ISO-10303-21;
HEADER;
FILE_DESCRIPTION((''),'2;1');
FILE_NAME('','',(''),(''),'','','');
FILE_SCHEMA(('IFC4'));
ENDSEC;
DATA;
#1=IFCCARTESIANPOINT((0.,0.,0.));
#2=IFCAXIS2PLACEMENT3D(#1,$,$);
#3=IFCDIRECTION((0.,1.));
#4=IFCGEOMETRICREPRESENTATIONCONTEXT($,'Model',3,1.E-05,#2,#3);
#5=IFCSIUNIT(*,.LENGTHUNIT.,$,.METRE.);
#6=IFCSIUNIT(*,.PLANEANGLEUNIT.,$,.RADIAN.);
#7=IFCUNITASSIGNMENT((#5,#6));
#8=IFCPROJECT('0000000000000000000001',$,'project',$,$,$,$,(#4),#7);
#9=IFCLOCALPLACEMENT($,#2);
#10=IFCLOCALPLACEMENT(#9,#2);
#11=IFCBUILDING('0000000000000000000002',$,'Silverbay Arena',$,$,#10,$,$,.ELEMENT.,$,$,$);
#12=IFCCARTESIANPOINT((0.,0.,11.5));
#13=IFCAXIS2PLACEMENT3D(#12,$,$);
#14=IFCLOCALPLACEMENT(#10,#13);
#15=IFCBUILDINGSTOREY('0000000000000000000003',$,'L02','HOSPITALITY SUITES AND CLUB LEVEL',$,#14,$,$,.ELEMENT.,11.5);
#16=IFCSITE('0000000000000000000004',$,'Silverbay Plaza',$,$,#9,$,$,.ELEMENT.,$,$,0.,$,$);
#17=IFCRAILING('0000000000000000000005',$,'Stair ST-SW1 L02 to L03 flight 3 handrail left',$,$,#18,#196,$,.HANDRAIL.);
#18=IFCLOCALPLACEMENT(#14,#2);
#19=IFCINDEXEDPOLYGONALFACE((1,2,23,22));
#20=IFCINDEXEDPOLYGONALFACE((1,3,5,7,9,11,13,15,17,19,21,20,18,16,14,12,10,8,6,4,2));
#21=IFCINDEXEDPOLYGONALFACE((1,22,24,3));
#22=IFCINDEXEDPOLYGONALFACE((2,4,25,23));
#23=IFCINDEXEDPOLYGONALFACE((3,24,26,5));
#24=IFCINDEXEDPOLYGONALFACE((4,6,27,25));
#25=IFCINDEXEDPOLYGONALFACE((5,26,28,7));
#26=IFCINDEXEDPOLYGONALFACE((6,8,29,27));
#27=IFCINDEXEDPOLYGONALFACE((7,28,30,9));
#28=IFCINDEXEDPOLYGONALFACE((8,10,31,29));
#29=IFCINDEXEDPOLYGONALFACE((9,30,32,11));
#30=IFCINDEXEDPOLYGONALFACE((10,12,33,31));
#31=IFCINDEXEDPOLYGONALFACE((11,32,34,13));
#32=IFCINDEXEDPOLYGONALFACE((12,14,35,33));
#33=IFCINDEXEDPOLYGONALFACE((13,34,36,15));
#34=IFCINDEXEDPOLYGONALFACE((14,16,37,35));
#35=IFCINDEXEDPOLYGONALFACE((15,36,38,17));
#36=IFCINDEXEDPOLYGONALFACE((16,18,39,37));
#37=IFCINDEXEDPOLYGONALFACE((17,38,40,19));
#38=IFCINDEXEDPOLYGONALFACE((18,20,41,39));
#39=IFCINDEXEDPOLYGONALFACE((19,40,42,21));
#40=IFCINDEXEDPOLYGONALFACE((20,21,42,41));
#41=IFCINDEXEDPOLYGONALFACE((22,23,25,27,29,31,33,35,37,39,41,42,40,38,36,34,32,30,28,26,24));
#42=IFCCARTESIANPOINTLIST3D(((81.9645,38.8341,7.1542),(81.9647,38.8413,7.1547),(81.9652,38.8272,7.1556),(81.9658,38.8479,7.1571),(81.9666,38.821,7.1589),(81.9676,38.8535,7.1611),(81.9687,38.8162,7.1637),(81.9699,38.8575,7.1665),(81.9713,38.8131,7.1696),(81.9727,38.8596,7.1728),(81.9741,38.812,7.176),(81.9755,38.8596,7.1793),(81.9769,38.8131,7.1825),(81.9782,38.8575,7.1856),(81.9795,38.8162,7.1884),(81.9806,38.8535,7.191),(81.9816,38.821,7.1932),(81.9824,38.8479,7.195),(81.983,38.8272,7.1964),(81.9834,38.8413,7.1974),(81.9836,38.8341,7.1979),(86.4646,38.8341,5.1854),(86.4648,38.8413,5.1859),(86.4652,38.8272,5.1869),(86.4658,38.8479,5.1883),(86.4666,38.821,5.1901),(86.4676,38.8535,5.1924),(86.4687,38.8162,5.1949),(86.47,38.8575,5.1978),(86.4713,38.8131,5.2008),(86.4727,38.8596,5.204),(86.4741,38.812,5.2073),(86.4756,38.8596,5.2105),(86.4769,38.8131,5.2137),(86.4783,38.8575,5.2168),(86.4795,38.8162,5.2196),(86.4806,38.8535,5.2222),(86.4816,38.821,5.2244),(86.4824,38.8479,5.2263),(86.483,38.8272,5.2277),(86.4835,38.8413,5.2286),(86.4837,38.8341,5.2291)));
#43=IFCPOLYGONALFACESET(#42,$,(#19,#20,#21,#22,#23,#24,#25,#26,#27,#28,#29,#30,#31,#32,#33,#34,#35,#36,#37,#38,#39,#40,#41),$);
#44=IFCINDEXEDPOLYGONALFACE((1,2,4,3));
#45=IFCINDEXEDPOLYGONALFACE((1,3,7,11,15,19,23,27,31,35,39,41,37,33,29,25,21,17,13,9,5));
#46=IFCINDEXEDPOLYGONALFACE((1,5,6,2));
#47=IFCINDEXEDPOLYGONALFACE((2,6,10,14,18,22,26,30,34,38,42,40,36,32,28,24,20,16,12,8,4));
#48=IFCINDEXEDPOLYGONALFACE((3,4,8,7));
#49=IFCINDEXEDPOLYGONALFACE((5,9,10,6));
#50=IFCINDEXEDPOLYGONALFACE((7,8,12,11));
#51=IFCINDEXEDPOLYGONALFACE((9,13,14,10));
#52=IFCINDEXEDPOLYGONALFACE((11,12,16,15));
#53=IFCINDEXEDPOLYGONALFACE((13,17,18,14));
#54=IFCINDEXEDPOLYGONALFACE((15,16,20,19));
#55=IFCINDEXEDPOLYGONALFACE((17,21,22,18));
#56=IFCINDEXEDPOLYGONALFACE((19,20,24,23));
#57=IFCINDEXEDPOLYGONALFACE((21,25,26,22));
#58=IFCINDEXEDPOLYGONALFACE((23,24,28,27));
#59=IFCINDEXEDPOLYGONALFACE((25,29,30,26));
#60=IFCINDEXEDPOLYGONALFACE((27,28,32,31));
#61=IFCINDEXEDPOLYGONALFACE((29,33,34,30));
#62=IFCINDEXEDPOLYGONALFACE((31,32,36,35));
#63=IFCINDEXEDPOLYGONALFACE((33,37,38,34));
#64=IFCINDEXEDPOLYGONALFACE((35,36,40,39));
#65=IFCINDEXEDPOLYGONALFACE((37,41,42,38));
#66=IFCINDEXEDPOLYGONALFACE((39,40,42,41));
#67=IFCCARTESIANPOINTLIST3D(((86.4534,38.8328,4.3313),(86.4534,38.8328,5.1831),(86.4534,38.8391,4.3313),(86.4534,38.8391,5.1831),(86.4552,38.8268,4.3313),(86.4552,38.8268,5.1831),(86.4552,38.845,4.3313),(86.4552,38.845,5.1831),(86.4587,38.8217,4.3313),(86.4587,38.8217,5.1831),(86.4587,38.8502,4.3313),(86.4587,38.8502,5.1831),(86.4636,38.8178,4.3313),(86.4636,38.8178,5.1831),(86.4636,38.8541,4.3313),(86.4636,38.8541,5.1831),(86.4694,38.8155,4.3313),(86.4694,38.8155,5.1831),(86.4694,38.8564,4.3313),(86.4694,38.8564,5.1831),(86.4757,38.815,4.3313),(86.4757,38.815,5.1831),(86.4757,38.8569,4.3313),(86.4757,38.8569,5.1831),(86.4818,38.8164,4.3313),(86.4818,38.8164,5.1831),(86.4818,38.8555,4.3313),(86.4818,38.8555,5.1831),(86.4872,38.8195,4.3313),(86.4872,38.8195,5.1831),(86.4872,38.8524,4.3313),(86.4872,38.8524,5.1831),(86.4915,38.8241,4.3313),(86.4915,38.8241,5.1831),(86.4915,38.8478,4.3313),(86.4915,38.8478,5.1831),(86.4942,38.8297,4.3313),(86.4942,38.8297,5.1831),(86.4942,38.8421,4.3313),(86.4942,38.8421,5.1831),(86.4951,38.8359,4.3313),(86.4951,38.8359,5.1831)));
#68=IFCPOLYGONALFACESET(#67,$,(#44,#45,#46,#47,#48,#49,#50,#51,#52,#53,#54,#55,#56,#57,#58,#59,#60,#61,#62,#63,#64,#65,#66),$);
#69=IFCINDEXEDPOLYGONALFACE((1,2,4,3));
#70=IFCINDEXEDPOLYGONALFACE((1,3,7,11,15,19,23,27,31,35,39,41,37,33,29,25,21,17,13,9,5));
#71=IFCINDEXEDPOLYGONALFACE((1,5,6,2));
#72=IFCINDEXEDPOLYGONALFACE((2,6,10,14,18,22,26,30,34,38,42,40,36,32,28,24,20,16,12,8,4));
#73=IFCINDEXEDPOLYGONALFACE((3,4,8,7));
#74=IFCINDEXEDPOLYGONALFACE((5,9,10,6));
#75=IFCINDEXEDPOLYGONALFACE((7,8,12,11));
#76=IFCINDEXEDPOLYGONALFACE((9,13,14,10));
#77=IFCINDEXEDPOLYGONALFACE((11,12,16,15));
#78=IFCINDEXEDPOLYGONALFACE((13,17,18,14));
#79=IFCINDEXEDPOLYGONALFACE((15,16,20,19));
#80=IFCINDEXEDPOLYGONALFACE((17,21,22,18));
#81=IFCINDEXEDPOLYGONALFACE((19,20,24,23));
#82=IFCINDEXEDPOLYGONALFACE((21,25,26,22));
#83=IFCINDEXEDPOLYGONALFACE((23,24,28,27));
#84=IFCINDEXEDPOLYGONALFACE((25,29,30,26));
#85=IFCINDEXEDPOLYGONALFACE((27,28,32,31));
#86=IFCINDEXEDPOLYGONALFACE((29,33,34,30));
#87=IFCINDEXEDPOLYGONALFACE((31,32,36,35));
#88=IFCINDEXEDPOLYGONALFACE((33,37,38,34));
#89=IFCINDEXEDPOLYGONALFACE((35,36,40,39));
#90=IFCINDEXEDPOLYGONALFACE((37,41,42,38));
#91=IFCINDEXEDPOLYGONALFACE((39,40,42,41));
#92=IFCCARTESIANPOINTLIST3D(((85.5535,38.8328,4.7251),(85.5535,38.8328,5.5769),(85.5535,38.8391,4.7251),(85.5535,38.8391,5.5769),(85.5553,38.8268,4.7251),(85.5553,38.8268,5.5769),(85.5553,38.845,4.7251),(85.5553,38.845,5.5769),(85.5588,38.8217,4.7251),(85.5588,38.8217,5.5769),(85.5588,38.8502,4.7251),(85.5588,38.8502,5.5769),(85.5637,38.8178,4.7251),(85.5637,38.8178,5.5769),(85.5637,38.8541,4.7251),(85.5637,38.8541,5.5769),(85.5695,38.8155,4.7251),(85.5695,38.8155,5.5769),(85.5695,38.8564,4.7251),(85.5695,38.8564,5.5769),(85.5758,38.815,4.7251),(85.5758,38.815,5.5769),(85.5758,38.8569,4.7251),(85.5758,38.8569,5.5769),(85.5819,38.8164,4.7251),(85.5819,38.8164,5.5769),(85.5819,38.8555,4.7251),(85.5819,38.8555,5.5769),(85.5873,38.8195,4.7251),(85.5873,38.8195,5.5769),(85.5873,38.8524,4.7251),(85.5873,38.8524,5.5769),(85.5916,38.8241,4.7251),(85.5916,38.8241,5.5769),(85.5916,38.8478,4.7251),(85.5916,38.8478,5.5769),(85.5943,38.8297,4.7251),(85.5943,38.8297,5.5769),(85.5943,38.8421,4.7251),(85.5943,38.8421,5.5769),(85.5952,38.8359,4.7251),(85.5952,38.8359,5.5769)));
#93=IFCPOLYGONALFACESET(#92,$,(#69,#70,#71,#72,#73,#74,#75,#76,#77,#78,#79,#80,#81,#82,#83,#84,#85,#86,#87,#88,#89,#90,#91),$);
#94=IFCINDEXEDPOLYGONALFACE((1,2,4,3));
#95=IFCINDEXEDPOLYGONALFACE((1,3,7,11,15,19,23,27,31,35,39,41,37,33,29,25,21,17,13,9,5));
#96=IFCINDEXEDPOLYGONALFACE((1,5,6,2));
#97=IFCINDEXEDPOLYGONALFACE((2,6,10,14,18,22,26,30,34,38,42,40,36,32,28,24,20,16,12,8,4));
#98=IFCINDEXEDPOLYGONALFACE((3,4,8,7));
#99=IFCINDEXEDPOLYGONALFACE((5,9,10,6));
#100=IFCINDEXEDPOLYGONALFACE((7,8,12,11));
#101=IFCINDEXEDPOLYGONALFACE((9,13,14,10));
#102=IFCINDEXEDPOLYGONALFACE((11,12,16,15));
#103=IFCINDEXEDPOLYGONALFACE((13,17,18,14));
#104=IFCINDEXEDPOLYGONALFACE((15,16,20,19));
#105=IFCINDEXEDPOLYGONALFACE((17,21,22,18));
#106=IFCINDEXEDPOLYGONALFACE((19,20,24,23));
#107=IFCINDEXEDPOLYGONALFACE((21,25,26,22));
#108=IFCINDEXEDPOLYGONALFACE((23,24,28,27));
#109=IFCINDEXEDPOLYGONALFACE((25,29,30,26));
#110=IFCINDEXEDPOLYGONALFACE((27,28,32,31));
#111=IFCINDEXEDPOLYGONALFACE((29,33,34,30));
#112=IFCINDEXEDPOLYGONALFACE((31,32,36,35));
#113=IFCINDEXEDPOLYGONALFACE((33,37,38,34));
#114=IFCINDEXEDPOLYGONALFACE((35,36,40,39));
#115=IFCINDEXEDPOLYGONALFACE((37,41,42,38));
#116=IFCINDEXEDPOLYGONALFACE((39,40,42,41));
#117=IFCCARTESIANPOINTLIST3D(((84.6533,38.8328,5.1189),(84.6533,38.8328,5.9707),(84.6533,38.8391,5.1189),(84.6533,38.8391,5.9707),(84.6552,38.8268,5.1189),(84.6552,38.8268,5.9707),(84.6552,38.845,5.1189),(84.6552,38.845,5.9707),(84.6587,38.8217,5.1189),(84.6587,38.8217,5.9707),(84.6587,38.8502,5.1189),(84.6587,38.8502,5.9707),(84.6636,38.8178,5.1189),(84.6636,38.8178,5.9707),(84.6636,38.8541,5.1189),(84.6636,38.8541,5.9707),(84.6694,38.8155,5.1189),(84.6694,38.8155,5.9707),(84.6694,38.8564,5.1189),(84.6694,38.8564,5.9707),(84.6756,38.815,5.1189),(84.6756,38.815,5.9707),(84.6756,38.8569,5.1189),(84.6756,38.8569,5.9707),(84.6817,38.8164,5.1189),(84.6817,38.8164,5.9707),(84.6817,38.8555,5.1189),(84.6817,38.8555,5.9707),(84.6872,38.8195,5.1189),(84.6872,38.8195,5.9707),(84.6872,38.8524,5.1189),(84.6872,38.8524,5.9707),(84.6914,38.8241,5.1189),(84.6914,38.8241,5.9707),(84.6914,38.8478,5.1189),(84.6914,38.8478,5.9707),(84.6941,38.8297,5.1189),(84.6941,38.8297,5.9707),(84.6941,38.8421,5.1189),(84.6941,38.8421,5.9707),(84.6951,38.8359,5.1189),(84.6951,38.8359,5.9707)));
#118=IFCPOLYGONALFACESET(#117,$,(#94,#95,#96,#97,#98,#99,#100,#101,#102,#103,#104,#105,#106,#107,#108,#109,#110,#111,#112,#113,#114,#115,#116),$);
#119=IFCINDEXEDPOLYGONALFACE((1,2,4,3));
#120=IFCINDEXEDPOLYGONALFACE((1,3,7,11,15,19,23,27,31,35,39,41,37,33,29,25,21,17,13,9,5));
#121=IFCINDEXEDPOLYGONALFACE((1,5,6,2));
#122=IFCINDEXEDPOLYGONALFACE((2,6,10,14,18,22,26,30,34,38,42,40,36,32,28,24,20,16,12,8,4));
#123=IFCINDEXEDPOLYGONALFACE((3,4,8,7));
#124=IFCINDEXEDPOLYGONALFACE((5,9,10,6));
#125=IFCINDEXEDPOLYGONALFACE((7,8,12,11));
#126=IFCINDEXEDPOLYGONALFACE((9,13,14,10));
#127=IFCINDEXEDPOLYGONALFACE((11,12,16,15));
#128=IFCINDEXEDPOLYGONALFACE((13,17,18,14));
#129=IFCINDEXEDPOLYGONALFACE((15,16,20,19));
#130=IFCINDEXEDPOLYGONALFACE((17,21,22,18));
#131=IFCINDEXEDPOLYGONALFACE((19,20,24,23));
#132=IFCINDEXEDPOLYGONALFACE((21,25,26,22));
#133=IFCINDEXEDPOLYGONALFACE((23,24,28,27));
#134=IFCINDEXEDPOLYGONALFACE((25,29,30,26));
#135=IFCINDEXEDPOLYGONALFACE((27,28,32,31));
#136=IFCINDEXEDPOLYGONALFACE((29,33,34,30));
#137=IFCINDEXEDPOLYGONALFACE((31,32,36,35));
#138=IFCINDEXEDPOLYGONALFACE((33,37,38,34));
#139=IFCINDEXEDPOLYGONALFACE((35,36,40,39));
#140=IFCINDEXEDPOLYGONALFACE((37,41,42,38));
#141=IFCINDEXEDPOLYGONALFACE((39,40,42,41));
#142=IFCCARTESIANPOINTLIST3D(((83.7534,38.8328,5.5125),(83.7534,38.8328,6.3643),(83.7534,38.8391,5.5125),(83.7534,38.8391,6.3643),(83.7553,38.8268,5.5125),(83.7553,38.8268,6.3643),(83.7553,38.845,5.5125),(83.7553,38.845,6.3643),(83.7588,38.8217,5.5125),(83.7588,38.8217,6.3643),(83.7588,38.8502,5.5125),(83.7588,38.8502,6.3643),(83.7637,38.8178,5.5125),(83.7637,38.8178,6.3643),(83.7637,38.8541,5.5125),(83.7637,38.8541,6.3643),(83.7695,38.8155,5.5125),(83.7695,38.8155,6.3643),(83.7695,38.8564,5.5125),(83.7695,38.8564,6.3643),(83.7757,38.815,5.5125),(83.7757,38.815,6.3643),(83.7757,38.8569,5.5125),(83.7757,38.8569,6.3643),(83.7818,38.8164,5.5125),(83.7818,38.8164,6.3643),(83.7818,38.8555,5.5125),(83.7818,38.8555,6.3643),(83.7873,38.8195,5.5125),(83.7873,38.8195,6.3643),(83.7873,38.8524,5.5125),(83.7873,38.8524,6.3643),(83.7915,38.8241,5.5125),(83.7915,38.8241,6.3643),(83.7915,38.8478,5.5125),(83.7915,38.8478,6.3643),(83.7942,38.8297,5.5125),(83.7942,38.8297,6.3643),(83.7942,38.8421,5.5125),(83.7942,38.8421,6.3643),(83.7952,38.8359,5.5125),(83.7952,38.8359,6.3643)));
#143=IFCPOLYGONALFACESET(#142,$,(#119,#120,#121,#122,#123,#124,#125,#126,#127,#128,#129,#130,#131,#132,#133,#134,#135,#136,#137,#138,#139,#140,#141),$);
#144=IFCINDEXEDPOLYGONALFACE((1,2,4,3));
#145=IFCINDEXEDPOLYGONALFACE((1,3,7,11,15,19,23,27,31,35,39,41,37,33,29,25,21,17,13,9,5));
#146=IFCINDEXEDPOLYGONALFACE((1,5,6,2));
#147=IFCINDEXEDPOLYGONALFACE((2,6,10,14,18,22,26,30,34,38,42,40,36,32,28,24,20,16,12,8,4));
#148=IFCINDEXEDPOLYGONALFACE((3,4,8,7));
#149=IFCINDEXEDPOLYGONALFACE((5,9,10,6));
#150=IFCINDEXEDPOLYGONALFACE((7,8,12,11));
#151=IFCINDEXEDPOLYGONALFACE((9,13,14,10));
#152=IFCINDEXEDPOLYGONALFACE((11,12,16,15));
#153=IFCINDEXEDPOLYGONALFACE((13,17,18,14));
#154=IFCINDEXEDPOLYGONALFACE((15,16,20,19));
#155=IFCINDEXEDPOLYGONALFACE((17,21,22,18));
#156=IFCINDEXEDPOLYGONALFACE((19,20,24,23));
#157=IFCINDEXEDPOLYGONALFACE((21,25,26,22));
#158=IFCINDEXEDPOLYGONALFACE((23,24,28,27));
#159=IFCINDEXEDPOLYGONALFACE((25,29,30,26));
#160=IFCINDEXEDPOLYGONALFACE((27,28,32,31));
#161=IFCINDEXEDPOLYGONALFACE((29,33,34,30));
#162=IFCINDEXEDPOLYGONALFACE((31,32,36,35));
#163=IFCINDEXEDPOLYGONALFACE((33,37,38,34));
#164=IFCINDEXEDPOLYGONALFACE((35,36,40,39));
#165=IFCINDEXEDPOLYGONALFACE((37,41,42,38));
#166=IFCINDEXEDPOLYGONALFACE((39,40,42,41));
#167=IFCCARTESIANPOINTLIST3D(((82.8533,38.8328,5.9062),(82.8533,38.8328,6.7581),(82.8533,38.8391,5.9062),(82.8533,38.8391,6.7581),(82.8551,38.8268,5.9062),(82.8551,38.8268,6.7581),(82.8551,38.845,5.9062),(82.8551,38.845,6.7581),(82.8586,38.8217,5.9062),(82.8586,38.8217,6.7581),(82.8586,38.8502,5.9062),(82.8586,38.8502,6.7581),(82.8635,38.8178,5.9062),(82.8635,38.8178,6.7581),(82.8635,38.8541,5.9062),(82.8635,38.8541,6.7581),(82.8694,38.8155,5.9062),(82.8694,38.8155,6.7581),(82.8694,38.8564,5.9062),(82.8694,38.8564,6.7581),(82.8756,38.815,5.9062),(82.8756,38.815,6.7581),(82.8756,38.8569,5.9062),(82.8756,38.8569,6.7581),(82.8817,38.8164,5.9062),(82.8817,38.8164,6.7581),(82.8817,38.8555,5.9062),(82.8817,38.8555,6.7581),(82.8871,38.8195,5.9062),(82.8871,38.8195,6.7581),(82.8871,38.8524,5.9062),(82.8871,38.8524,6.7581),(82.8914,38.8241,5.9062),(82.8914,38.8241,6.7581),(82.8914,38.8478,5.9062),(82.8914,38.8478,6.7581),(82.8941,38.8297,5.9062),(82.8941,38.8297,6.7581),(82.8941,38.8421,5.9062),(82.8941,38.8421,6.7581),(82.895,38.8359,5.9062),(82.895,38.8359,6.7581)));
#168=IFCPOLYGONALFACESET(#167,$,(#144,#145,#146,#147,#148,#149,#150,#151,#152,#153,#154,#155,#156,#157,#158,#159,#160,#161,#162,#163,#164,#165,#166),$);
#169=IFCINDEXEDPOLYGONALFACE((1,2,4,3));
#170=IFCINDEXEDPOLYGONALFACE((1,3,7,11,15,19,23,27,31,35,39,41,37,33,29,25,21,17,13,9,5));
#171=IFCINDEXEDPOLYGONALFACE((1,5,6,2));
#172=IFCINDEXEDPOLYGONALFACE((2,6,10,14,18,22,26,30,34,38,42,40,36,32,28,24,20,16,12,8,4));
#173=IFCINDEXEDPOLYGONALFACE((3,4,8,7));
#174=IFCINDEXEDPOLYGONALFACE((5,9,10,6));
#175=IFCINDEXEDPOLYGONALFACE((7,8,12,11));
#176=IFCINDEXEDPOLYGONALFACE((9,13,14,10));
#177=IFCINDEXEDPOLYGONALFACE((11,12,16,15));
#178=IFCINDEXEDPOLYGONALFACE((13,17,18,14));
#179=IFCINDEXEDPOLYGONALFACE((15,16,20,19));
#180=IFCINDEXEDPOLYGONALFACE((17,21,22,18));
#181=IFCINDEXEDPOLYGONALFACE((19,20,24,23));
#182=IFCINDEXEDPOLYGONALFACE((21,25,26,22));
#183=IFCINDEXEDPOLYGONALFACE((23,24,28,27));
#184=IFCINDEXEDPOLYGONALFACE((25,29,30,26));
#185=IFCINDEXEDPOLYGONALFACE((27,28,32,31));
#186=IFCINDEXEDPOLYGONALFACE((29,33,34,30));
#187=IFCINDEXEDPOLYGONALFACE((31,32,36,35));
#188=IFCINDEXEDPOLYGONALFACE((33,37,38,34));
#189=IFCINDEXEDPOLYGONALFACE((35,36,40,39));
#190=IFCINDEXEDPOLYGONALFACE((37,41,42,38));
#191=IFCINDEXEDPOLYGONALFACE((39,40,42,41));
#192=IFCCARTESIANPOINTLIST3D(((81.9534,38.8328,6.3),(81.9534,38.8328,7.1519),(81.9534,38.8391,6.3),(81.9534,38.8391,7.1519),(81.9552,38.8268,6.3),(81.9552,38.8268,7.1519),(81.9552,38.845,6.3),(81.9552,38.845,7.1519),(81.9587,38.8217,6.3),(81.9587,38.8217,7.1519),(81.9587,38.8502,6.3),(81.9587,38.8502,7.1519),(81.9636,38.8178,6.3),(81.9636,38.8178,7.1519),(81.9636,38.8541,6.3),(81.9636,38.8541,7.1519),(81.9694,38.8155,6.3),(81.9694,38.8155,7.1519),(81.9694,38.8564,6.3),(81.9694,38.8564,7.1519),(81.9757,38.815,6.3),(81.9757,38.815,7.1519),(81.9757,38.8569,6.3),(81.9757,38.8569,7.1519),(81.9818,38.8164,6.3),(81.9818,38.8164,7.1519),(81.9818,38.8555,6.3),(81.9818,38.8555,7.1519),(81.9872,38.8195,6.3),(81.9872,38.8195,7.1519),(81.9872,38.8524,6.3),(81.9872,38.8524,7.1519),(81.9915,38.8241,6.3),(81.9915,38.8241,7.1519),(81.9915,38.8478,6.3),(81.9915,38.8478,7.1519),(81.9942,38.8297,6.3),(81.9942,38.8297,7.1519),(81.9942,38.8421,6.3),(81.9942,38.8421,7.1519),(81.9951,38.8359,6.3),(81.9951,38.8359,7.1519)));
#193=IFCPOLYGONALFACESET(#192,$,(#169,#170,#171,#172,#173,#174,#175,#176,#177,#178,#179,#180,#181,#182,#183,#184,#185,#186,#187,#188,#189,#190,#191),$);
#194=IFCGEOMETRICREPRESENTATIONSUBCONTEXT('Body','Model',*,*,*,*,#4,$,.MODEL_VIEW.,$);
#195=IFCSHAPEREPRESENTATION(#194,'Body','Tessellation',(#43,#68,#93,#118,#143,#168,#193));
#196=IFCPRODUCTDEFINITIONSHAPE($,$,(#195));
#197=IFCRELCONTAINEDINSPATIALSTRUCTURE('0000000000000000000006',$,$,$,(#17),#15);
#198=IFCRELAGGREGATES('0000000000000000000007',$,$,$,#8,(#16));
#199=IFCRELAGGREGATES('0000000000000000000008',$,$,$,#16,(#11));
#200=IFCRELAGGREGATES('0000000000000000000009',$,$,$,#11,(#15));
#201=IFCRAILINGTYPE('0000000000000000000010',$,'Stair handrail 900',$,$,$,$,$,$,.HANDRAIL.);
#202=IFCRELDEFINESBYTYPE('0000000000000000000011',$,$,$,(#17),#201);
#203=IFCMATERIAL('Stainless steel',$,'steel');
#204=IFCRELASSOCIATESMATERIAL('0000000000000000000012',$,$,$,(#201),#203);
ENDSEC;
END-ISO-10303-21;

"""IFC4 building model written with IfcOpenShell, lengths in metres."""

from ifc_helpers import new_model, si_unit, direction, frame, origin, origin_2d, place, context, subcontext, project, spatial, circle, extrude, material, type_object, element, save


model = new_model("IFC4")

# Units and contexts
model_context = context("Model", 3, precision=1e-05, world=origin(), true_north=direction((0.0, 1.0)))
body_context = subcontext(model_context, "Body", "Model", "MODEL_VIEW")
ifc_project = project(units=[si_unit("LENGTHUNIT", "METRE"), si_unit("PLANEANGLEUNIT", "RADIAN")], contexts=[model_context])

# Site, building, storey
site_placement = place(None, origin())
site = spatial("IfcSite", under=ifc_project, at=site_placement, Name="Silverbay Plaza", CompositionType="ELEMENT", RefElevation=0.0)
building_placement = place(site_placement, origin())
building = spatial("IfcBuilding", under=site, at=building_placement, Name="Silverbay Arena", CompositionType="ELEMENT")
storey_placement = place(building_placement, frame((0.0, 0.0, 11.5)))
storey = spatial("IfcBuildingStorey", under=building, at=storey_placement, Name="L02", Description="HOSPITALITY SUITES AND CLUB LEVEL", CompositionType="ELEMENT", Elevation=11.5)

# Railing
ifc_material_1 = material(Name="Stainless steel", Category="steel")
railing_type_1 = type_object("IfcRailingType", Name="Stair handrail 900", PredefinedType="HANDRAIL", material=ifc_material_1)
for number, where, name in (
    (1, (86.4741, 38.8359, 4.3313), "Stair ST-SW1 L02 to L03 flight 3 handrail left"),
):
    element("IfcRailing", number, at=place(storey_placement, frame(where)), inside=storey, type_object=railing_type_1, Name=name, PredefinedType="HANDRAIL", context=body_context, shape_type="SweptSolid", body=[
        extrude(circle(Radius=0.0239, at=origin_2d()), frame((0.0, 0.0, 0.876), z_axis=(-0.916157, 0.0, 0.400819), x_axis=(0.0, -1.0, 0.0)), (0.0, 0.0, 1.0), 4.9119),
        extrude(circle(Radius=0.021, at=origin_2d()), origin(), (0.0, 0.0, 1.0), 0.8518),
        extrude(circle(Radius=0.021, at=origin_2d()), frame((-0.8999, 0.0, 0.3938)), (0.0, 0.0, 1.0), 0.8518),
        extrude(circle(Radius=0.021, at=origin_2d()), frame((-1.8, 0.0, 0.7876)), (0.0, 0.0, 1.0), 0.8518),
        extrude(circle(Radius=0.021, at=origin_2d()), frame((-2.7, 0.0, 1.1812)), (0.0, 0.0, 1.0), 0.8518),
        extrude(circle(Radius=0.021, at=origin_2d()), frame((-3.6001, 0.0, 1.575)), (0.0, 0.0, 1.0), 0.8518),
        extrude(circle(Radius=0.021, at=origin_2d()), frame((-4.5, 0.0, 1.9688)), (0.0, 0.0, 1.0), 0.8518),
    ])

save(model, "model.ifc")
